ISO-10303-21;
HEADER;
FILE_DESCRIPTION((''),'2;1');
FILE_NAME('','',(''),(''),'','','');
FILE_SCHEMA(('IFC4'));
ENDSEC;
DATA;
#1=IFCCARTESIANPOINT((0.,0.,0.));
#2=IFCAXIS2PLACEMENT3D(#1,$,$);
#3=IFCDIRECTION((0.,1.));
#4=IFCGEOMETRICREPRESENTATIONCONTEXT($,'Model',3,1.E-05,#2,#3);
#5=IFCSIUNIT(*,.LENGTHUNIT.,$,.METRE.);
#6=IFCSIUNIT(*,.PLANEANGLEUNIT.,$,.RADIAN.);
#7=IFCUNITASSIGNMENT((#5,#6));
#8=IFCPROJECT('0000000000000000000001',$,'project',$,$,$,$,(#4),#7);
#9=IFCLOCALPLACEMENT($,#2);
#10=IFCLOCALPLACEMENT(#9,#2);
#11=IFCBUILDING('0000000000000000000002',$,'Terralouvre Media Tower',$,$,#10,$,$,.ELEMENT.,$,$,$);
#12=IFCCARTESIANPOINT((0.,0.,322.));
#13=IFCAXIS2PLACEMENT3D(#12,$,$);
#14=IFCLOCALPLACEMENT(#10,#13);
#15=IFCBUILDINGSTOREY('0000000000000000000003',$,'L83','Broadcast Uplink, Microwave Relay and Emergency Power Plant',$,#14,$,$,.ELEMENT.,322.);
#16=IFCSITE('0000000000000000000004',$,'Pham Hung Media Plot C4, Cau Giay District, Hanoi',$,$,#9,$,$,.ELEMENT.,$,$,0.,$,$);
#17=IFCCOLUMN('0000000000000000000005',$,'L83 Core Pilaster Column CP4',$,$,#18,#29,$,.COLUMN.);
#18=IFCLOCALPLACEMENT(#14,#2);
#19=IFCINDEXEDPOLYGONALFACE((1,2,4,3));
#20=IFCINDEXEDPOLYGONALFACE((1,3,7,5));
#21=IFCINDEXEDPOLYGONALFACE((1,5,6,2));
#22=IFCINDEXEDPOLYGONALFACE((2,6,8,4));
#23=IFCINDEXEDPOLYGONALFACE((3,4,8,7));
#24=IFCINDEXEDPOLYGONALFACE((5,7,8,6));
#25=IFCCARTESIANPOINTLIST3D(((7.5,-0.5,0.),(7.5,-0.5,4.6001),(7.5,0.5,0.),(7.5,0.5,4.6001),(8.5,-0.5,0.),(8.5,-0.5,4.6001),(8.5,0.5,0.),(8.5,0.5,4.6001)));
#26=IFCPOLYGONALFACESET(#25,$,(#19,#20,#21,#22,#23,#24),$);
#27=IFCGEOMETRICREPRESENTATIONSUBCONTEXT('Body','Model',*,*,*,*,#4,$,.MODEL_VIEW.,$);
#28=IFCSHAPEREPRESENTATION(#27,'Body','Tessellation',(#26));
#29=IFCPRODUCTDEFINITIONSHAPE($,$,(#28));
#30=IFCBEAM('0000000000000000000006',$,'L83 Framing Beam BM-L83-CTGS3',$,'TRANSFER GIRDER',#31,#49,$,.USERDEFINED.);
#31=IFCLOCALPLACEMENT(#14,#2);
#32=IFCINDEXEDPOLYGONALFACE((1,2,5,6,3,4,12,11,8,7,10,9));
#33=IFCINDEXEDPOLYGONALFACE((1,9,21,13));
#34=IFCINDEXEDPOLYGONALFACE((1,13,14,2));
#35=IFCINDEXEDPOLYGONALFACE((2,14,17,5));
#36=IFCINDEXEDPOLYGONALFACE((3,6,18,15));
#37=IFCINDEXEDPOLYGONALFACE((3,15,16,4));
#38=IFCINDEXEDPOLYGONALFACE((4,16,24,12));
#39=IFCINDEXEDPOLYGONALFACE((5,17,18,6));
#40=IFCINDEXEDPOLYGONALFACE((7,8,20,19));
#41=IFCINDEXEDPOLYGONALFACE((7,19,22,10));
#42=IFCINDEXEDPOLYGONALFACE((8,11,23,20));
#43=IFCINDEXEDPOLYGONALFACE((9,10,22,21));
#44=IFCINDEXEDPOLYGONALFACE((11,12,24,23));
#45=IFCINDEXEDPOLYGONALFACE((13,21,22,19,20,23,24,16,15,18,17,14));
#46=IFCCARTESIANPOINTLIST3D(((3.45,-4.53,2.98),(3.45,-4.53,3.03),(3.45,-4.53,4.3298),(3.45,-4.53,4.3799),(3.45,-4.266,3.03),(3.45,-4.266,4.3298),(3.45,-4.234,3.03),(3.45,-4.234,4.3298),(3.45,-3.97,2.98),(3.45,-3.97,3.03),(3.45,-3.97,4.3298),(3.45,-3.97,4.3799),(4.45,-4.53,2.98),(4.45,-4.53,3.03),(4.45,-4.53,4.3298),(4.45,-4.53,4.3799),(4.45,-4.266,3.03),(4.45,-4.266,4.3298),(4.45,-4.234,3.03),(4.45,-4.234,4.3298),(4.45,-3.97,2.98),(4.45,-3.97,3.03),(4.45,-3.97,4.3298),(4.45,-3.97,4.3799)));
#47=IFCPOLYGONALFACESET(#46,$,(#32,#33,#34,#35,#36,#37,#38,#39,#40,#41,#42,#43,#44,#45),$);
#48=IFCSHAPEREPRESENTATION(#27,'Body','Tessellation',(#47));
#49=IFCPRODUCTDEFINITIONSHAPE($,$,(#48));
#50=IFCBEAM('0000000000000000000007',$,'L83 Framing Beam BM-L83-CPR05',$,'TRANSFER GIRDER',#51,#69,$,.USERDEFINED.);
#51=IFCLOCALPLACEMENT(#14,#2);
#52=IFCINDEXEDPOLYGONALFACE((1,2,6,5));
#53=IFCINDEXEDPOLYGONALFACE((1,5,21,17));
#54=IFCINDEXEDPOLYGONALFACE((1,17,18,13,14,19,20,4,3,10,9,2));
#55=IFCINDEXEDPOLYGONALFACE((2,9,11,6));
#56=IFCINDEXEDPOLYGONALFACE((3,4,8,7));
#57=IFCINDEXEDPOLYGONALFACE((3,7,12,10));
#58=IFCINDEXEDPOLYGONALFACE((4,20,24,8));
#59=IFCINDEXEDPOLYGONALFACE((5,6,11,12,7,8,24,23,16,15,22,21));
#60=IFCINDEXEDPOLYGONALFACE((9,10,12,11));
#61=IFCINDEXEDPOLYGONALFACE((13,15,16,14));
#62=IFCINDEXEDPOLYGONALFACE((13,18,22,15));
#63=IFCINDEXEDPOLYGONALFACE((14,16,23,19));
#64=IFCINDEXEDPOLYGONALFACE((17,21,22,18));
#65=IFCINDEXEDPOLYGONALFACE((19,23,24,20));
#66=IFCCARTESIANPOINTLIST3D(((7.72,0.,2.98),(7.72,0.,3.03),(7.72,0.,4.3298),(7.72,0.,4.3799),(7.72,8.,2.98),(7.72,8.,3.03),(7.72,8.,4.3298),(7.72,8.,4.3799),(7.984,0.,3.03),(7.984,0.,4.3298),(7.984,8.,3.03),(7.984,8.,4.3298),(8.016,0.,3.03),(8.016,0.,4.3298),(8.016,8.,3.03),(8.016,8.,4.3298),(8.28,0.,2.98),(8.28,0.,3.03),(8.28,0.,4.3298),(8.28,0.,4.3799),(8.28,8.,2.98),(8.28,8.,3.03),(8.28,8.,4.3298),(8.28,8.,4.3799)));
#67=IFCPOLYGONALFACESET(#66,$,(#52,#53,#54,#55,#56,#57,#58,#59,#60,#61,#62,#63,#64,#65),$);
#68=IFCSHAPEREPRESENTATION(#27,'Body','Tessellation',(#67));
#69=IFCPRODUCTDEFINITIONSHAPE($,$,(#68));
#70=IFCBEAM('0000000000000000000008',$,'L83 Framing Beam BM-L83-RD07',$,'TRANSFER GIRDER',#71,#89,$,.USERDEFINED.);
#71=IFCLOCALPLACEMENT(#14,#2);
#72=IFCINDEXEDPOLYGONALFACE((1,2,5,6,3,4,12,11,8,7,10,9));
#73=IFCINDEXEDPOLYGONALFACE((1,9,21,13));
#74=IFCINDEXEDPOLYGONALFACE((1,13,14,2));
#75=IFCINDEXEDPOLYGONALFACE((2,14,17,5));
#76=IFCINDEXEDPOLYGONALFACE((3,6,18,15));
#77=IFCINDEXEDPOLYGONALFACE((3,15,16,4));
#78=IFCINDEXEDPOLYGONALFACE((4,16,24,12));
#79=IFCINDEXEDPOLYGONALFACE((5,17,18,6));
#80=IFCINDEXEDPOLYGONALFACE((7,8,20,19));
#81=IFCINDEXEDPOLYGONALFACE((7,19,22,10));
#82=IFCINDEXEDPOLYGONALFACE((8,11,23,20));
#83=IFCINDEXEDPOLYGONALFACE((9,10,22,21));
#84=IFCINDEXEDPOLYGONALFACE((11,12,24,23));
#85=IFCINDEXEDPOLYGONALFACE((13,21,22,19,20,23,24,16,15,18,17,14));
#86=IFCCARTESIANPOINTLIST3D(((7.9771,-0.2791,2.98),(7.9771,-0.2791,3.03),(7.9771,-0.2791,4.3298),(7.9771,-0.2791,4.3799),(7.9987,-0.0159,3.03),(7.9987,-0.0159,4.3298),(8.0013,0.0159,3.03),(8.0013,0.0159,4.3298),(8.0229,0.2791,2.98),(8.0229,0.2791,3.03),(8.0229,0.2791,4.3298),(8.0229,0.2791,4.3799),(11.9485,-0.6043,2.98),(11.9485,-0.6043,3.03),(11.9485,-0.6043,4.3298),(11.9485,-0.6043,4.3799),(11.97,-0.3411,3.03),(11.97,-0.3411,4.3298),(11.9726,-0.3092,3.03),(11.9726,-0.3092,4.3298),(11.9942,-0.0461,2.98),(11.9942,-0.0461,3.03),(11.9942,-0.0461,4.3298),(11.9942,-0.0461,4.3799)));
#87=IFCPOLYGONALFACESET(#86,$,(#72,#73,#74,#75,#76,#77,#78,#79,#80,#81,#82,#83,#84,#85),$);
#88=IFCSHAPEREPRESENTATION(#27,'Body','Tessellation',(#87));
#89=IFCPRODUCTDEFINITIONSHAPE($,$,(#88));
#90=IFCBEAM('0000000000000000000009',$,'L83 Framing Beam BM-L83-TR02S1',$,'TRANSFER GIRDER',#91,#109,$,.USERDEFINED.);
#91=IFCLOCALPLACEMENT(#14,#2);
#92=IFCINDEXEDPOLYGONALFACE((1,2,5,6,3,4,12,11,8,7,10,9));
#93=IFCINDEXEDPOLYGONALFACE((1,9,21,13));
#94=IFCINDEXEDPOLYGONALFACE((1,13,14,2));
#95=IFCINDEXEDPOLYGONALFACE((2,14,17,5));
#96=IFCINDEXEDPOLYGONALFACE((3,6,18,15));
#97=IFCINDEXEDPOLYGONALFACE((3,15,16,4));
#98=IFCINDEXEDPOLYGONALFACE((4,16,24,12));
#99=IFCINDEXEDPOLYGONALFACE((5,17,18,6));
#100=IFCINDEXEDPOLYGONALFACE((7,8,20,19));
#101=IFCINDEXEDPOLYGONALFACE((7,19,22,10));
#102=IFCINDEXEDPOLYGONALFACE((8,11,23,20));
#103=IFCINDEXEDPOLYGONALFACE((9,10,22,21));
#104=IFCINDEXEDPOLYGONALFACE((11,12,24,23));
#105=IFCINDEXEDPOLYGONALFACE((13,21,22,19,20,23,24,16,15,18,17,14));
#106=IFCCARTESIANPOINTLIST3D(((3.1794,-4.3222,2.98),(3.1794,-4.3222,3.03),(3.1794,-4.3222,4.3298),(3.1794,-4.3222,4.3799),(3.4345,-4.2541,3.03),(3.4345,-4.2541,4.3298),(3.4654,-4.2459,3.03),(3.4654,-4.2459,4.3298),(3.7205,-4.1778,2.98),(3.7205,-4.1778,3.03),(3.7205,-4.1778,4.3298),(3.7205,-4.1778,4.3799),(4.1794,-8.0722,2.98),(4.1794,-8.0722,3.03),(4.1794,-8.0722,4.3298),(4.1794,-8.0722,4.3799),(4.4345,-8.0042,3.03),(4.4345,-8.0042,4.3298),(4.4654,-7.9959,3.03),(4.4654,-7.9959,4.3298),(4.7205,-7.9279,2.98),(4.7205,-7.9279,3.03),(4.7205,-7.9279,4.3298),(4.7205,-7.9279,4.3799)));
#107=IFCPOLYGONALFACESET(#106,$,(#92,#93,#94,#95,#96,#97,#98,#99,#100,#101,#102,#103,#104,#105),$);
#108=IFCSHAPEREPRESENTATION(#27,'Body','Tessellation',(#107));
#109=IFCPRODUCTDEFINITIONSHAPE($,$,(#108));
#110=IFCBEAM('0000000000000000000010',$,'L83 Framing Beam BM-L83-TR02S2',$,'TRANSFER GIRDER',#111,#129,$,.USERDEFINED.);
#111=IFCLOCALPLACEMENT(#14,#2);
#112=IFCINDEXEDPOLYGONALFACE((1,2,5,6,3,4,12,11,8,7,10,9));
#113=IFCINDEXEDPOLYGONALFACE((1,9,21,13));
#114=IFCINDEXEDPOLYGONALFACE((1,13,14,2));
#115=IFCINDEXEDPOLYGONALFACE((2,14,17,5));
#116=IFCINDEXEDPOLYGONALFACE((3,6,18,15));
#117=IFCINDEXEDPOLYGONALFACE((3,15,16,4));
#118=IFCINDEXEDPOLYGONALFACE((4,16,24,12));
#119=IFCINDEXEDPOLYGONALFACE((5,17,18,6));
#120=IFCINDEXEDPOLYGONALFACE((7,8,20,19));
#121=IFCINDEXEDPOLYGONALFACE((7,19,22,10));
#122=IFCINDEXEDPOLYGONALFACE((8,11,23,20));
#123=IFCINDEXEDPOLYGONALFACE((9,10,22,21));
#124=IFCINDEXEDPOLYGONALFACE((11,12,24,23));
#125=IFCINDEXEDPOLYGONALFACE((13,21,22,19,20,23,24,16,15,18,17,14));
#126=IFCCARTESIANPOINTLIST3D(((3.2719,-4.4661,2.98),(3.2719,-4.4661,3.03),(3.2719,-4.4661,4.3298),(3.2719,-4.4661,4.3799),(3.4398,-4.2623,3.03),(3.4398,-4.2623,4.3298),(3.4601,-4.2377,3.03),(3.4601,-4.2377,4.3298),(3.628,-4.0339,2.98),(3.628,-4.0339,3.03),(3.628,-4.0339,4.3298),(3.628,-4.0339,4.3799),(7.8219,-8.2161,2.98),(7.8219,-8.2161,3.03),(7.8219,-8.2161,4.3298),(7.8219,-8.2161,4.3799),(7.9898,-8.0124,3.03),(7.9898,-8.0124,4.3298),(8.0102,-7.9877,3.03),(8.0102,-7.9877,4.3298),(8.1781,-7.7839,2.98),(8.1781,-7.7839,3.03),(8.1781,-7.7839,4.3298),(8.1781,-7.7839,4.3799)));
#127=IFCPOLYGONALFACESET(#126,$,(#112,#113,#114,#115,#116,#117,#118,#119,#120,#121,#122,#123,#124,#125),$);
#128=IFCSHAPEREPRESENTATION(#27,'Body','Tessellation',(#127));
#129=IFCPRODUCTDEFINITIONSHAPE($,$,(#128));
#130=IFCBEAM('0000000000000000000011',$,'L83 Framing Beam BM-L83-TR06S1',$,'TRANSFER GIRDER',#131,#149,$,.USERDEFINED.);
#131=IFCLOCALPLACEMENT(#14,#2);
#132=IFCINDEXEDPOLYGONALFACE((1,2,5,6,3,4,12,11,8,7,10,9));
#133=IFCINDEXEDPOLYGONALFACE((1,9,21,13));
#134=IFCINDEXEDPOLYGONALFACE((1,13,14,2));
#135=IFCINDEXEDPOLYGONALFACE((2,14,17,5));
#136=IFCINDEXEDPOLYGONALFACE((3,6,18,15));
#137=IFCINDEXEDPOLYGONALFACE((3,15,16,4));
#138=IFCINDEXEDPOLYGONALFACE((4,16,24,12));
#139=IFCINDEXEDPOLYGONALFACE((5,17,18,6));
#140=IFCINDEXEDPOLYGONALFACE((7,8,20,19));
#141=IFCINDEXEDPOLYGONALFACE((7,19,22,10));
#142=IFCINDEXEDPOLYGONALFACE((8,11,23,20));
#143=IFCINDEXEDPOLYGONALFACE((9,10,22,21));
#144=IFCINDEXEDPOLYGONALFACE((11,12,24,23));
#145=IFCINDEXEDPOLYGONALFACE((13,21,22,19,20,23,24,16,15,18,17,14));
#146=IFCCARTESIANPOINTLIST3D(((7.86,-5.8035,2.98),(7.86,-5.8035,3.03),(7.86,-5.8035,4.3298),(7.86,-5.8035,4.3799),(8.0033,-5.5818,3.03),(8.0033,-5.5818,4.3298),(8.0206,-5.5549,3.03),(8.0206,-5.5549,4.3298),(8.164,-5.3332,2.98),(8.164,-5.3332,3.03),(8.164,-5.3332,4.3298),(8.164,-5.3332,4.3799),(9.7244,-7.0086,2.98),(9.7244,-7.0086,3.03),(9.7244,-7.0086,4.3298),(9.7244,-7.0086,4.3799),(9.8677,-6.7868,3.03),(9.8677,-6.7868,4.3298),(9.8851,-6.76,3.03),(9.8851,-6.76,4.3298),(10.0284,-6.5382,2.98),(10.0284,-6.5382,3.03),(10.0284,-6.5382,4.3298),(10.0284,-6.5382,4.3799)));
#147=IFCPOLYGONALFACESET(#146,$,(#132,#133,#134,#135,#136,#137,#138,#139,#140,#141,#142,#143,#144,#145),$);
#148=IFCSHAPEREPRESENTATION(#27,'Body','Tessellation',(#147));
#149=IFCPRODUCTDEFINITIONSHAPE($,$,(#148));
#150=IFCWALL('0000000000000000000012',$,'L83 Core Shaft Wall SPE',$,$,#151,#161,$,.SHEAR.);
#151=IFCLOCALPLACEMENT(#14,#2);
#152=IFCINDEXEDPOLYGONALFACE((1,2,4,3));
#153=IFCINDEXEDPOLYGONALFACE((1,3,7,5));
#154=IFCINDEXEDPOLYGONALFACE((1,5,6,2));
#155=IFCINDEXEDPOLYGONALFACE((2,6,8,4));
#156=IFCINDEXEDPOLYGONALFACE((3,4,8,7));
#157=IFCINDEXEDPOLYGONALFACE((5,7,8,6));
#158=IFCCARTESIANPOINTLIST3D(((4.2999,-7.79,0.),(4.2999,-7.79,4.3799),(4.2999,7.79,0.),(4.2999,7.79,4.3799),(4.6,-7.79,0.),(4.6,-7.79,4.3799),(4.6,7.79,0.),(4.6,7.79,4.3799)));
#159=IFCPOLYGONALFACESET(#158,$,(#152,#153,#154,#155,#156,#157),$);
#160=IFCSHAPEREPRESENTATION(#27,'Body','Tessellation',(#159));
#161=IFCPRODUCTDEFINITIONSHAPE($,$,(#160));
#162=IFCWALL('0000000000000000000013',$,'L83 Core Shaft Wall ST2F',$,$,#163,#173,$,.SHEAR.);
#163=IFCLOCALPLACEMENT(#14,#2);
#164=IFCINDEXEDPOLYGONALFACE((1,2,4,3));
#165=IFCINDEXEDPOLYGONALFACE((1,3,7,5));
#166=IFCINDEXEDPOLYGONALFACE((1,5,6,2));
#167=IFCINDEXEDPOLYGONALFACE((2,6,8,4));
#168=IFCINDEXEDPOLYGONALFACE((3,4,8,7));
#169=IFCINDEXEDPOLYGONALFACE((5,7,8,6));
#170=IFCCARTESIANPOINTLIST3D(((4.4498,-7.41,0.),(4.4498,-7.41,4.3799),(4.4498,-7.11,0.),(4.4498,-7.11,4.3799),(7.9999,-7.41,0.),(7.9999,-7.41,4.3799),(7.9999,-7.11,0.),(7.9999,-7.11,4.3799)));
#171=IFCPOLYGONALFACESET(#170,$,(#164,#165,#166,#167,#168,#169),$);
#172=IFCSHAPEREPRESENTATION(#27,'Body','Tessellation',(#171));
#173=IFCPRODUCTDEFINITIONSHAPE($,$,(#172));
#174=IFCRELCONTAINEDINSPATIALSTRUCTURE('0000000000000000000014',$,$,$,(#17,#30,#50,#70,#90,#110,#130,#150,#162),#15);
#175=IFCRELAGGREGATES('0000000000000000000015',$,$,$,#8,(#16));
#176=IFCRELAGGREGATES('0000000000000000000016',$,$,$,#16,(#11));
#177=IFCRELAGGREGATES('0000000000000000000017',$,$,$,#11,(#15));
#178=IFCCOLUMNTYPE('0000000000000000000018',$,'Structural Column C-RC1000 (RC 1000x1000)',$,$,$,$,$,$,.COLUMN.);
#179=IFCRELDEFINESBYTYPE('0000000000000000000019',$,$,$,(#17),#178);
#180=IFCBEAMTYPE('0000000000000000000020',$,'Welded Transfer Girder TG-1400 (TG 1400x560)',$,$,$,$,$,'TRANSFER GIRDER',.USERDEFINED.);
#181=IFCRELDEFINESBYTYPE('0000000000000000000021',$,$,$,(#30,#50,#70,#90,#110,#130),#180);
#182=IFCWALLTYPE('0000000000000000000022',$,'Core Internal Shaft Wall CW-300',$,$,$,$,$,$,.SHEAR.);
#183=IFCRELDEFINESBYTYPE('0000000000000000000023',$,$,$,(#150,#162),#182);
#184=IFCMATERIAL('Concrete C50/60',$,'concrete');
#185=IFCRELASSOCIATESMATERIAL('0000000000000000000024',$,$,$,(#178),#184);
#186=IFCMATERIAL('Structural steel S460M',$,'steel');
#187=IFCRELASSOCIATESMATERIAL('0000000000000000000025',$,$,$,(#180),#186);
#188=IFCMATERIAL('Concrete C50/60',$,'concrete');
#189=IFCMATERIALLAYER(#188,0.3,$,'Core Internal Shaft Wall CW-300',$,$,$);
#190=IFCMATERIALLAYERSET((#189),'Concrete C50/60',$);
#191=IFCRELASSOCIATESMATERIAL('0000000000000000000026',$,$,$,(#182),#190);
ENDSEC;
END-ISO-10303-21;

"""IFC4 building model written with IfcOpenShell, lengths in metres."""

from ifc_helpers import new_model, si_unit, direction, frame, frame_2d, origin, origin_2d, place, context, subcontext, project, spatial, rectangle, i_section, extrude, material, layer, layer_set, material_profile, profile_set, type_object, element, save


model = new_model("IFC4")

# Units and contexts
model_context = context("Model", 3, precision=1e-05, world=origin(), true_north=direction((0.0, 1.0)))
body_context = subcontext(model_context, "Body", "Model", "MODEL_VIEW")
ifc_project = project(units=[si_unit("LENGTHUNIT", "METRE"), si_unit("PLANEANGLEUNIT", "RADIAN")], contexts=[model_context])

# Site, building, storey
site_placement = place(None, origin())
site = spatial("IfcSite", under=ifc_project, at=site_placement, Name="Pham Hung Media Plot C4, Cau Giay District, Hanoi", CompositionType="ELEMENT", RefElevation=0.0)
building_placement = place(site_placement, origin())
building = spatial("IfcBuilding", under=site, at=building_placement, Name="Terralouvre Media Tower", CompositionType="ELEMENT")
storey_placement = place(building_placement, frame((0.0, 0.0, 322.0)))
storey = spatial("IfcBuildingStorey", under=building, at=storey_placement, Name="L83", Description="Broadcast Uplink, Microwave Relay and Emergency Power Plant", CompositionType="ELEMENT", Elevation=322.0)

# Column
ifc_material_1 = material(Name="Concrete C50/60", Category="concrete")
ifc_material_profile_1 = material_profile(ifc_material_1, rectangle(XDim=1.0, YDim=1.0, at=origin_2d()), Name="RC 1000x1000")
ifc_profile_set_1 = profile_set([ifc_material_profile_1], Name="Concrete C50/60")
column_type = type_object("IfcColumnType", Name="Structural Column C-RC1000 (RC 1000x1000)", PredefinedType="COLUMN", material=ifc_profile_set_1)
column_placement = place(storey_placement, frame((8.0, 0.0, 0.0), z_axis=(0.0, 0.0, 1.0), x_axis=(1.0, 0.0, 0.0)))
element("IfcColumn", 1, at=column_placement, inside=storey, type_object=column_type, Name="L83 Core Pilaster Column CP4", PredefinedType="COLUMN", context=body_context, shape_type="SweptSolid", body=[
    extrude(rectangle(XDim=1.0, YDim=1.0, at=origin_2d()), origin(), (0.0, 0.0, 1.0), 4.6001),
])

# Beams
ifc_material_2 = material(Name="Structural steel S460M", Category="steel")
ifc_material_profile_2 = material_profile(ifc_material_2, i_section(OverallWidth=0.5601, OverallDepth=1.3999, WebThickness=0.032, FlangeThickness=0.05, at=origin_2d()), Name="TG 1400x560")
ifc_profile_set_2 = profile_set([ifc_material_profile_2], Name="Structural steel S460M")
beam_type = type_object("IfcBeamType", Name="Welded Transfer Girder TG-1400 (TG 1400x560)", ElementType="TRANSFER GIRDER", PredefinedType="USERDEFINED", material=ifc_profile_set_2)
beam_1_placement = place(storey_placement, frame((3.45, -4.25, 3.6799), z_axis=(1.0, 0.0, 0.0), x_axis=(0.0, 1.0, 0.0)))
element("IfcBeam", 2, at=beam_1_placement, inside=storey, type_object=beam_type, Name="L83 Framing Beam BM-L83-CTGS3", ObjectType="TRANSFER GIRDER", PredefinedType="USERDEFINED", context=body_context, shape_type="SweptSolid", body=[
    extrude(i_section(OverallWidth=0.5601, OverallDepth=1.3999, WebThickness=0.032, FlangeThickness=0.05, at=origin_2d()), origin(), (0.0, 0.0, 1.0), 1.0),
])
beam_2_placement = place(storey_placement, frame((8.0, 0.0, 3.6799), z_axis=(0.0, 1.0, 0.0), x_axis=(-1.0, 0.0, 0.0)))
element("IfcBeam", 3, at=beam_2_placement, inside=storey, type_object=beam_type, Name="L83 Framing Beam BM-L83-CPR05", ObjectType="TRANSFER GIRDER", PredefinedType="USERDEFINED", context=body_context, shape_type="SweptSolid", body=[
    extrude(i_section(OverallWidth=0.5601, OverallDepth=1.3999, WebThickness=0.032, FlangeThickness=0.05, at=origin_2d()), origin(), (0.0, 0.0, 1.0), 8.0),
])
beam_3_placement = place(storey_placement, frame((8.0, 0.0, 3.6799), z_axis=(0.996664, -0.08161, 0.0), x_axis=(0.08161, 0.996664, 0.0)))
element("IfcBeam", 4, at=beam_3_placement, inside=storey, type_object=beam_type, Name="L83 Framing Beam BM-L83-RD07", ObjectType="TRANSFER GIRDER", PredefinedType="USERDEFINED", context=body_context, shape_type="SweptSolid", body=[
    extrude(i_section(OverallWidth=0.5601, OverallDepth=1.3999, WebThickness=0.032, FlangeThickness=0.05, at=origin_2d()), origin(), (0.0, 0.0, 1.0), 3.9846),
])
beam_4_placement = place(storey_placement, frame((3.45, -4.25, 3.6799), z_axis=(0.257663, -0.966235, 0.0), x_axis=(0.966235, 0.257663, 0.0)))
element("IfcBeam", 5, at=beam_4_placement, inside=storey, type_object=beam_type, Name="L83 Framing Beam BM-L83-TR02S1", ObjectType="TRANSFER GIRDER", PredefinedType="USERDEFINED", context=body_context, shape_type="SweptSolid", body=[
    extrude(i_section(OverallWidth=0.5601, OverallDepth=1.3999, WebThickness=0.032, FlangeThickness=0.05, at=origin_2d()), origin(), (0.0, 0.0, 1.0), 3.8811),
])
beam_5_placement = place(storey_placement, frame((3.45, -4.25, 3.6799), z_axis=(0.771689, -0.636, 0.0), x_axis=(0.636, 0.771689, 0.0)))
element("IfcBeam", 6, at=beam_5_placement, inside=storey, type_object=beam_type, Name="L83 Framing Beam BM-L83-TR02S2", ObjectType="TRANSFER GIRDER", PredefinedType="USERDEFINED", context=body_context, shape_type="SweptSolid", body=[
    extrude(i_section(OverallWidth=0.5601, OverallDepth=1.3999, WebThickness=0.032, FlangeThickness=0.05, at=origin_2d()), origin(), (0.0, 0.0, 1.0), 5.8962),
])
beam_6_placement = place(storey_placement, frame((8.012, -5.5684, 3.6799), z_axis=(0.83985, -0.542818, 0.0), x_axis=(0.542818, 0.83985, 0.0)))
element("IfcBeam", 7, at=beam_6_placement, inside=storey, type_object=beam_type, Name="L83 Framing Beam BM-L83-TR06S1", ObjectType="TRANSFER GIRDER", PredefinedType="USERDEFINED", context=body_context, shape_type="SweptSolid", body=[
    extrude(i_section(OverallWidth=0.5601, OverallDepth=1.3999, WebThickness=0.032, FlangeThickness=0.05, at=origin_2d()), origin(), (0.0, 0.0, 1.0), 2.22),
])

# Wall
ifc_material_3 = material(Name="Concrete C50/60", Category="concrete")
ifc_layer_1 = layer(ifc_material_3, 0.3, Name="Core Internal Shaft Wall CW-300")
ifc_layer_set_1 = layer_set([ifc_layer_1], Name="Concrete C50/60")
wall_type_1 = type_object("IfcWallType", Name="Core Internal Shaft Wall CW-300", PredefinedType="SHEAR", material=ifc_layer_set_1)
wall_1_placement = place(storey_placement, frame((4.45, -7.79, 0.0), z_axis=(0.0, 0.0, 1.0), x_axis=(0.0, 1.0, 0.0)))
element("IfcWall", 8, at=wall_1_placement, inside=storey, type_object=wall_type_1, Name="L83 Core Shaft Wall SPE", PredefinedType="SHEAR", context=body_context, shape_type="SweptSolid", body=[
    extrude(rectangle(XDim=15.5801, YDim=0.3, at=frame_2d((7.79, 0.0))), origin(), (0.0, 0.0, 1.0), 4.3799),
])

# Wall
wall_2_placement = place(storey_placement, frame((4.45, -7.26, 0.0), z_axis=(0.0, 0.0, 1.0), x_axis=(1.0, 0.0, 0.0)))
element("IfcWall", 9, at=wall_2_placement, inside=storey, type_object=wall_type_1, Name="L83 Core Shaft Wall ST2F", PredefinedType="SHEAR", context=body_context, shape_type="SweptSolid", body=[
    extrude(rectangle(XDim=3.55, YDim=0.3, at=frame_2d((1.7749, 0.0))), origin(), (0.0, 0.0, 1.0), 4.3799),
])

save(model, "model.ifc")
